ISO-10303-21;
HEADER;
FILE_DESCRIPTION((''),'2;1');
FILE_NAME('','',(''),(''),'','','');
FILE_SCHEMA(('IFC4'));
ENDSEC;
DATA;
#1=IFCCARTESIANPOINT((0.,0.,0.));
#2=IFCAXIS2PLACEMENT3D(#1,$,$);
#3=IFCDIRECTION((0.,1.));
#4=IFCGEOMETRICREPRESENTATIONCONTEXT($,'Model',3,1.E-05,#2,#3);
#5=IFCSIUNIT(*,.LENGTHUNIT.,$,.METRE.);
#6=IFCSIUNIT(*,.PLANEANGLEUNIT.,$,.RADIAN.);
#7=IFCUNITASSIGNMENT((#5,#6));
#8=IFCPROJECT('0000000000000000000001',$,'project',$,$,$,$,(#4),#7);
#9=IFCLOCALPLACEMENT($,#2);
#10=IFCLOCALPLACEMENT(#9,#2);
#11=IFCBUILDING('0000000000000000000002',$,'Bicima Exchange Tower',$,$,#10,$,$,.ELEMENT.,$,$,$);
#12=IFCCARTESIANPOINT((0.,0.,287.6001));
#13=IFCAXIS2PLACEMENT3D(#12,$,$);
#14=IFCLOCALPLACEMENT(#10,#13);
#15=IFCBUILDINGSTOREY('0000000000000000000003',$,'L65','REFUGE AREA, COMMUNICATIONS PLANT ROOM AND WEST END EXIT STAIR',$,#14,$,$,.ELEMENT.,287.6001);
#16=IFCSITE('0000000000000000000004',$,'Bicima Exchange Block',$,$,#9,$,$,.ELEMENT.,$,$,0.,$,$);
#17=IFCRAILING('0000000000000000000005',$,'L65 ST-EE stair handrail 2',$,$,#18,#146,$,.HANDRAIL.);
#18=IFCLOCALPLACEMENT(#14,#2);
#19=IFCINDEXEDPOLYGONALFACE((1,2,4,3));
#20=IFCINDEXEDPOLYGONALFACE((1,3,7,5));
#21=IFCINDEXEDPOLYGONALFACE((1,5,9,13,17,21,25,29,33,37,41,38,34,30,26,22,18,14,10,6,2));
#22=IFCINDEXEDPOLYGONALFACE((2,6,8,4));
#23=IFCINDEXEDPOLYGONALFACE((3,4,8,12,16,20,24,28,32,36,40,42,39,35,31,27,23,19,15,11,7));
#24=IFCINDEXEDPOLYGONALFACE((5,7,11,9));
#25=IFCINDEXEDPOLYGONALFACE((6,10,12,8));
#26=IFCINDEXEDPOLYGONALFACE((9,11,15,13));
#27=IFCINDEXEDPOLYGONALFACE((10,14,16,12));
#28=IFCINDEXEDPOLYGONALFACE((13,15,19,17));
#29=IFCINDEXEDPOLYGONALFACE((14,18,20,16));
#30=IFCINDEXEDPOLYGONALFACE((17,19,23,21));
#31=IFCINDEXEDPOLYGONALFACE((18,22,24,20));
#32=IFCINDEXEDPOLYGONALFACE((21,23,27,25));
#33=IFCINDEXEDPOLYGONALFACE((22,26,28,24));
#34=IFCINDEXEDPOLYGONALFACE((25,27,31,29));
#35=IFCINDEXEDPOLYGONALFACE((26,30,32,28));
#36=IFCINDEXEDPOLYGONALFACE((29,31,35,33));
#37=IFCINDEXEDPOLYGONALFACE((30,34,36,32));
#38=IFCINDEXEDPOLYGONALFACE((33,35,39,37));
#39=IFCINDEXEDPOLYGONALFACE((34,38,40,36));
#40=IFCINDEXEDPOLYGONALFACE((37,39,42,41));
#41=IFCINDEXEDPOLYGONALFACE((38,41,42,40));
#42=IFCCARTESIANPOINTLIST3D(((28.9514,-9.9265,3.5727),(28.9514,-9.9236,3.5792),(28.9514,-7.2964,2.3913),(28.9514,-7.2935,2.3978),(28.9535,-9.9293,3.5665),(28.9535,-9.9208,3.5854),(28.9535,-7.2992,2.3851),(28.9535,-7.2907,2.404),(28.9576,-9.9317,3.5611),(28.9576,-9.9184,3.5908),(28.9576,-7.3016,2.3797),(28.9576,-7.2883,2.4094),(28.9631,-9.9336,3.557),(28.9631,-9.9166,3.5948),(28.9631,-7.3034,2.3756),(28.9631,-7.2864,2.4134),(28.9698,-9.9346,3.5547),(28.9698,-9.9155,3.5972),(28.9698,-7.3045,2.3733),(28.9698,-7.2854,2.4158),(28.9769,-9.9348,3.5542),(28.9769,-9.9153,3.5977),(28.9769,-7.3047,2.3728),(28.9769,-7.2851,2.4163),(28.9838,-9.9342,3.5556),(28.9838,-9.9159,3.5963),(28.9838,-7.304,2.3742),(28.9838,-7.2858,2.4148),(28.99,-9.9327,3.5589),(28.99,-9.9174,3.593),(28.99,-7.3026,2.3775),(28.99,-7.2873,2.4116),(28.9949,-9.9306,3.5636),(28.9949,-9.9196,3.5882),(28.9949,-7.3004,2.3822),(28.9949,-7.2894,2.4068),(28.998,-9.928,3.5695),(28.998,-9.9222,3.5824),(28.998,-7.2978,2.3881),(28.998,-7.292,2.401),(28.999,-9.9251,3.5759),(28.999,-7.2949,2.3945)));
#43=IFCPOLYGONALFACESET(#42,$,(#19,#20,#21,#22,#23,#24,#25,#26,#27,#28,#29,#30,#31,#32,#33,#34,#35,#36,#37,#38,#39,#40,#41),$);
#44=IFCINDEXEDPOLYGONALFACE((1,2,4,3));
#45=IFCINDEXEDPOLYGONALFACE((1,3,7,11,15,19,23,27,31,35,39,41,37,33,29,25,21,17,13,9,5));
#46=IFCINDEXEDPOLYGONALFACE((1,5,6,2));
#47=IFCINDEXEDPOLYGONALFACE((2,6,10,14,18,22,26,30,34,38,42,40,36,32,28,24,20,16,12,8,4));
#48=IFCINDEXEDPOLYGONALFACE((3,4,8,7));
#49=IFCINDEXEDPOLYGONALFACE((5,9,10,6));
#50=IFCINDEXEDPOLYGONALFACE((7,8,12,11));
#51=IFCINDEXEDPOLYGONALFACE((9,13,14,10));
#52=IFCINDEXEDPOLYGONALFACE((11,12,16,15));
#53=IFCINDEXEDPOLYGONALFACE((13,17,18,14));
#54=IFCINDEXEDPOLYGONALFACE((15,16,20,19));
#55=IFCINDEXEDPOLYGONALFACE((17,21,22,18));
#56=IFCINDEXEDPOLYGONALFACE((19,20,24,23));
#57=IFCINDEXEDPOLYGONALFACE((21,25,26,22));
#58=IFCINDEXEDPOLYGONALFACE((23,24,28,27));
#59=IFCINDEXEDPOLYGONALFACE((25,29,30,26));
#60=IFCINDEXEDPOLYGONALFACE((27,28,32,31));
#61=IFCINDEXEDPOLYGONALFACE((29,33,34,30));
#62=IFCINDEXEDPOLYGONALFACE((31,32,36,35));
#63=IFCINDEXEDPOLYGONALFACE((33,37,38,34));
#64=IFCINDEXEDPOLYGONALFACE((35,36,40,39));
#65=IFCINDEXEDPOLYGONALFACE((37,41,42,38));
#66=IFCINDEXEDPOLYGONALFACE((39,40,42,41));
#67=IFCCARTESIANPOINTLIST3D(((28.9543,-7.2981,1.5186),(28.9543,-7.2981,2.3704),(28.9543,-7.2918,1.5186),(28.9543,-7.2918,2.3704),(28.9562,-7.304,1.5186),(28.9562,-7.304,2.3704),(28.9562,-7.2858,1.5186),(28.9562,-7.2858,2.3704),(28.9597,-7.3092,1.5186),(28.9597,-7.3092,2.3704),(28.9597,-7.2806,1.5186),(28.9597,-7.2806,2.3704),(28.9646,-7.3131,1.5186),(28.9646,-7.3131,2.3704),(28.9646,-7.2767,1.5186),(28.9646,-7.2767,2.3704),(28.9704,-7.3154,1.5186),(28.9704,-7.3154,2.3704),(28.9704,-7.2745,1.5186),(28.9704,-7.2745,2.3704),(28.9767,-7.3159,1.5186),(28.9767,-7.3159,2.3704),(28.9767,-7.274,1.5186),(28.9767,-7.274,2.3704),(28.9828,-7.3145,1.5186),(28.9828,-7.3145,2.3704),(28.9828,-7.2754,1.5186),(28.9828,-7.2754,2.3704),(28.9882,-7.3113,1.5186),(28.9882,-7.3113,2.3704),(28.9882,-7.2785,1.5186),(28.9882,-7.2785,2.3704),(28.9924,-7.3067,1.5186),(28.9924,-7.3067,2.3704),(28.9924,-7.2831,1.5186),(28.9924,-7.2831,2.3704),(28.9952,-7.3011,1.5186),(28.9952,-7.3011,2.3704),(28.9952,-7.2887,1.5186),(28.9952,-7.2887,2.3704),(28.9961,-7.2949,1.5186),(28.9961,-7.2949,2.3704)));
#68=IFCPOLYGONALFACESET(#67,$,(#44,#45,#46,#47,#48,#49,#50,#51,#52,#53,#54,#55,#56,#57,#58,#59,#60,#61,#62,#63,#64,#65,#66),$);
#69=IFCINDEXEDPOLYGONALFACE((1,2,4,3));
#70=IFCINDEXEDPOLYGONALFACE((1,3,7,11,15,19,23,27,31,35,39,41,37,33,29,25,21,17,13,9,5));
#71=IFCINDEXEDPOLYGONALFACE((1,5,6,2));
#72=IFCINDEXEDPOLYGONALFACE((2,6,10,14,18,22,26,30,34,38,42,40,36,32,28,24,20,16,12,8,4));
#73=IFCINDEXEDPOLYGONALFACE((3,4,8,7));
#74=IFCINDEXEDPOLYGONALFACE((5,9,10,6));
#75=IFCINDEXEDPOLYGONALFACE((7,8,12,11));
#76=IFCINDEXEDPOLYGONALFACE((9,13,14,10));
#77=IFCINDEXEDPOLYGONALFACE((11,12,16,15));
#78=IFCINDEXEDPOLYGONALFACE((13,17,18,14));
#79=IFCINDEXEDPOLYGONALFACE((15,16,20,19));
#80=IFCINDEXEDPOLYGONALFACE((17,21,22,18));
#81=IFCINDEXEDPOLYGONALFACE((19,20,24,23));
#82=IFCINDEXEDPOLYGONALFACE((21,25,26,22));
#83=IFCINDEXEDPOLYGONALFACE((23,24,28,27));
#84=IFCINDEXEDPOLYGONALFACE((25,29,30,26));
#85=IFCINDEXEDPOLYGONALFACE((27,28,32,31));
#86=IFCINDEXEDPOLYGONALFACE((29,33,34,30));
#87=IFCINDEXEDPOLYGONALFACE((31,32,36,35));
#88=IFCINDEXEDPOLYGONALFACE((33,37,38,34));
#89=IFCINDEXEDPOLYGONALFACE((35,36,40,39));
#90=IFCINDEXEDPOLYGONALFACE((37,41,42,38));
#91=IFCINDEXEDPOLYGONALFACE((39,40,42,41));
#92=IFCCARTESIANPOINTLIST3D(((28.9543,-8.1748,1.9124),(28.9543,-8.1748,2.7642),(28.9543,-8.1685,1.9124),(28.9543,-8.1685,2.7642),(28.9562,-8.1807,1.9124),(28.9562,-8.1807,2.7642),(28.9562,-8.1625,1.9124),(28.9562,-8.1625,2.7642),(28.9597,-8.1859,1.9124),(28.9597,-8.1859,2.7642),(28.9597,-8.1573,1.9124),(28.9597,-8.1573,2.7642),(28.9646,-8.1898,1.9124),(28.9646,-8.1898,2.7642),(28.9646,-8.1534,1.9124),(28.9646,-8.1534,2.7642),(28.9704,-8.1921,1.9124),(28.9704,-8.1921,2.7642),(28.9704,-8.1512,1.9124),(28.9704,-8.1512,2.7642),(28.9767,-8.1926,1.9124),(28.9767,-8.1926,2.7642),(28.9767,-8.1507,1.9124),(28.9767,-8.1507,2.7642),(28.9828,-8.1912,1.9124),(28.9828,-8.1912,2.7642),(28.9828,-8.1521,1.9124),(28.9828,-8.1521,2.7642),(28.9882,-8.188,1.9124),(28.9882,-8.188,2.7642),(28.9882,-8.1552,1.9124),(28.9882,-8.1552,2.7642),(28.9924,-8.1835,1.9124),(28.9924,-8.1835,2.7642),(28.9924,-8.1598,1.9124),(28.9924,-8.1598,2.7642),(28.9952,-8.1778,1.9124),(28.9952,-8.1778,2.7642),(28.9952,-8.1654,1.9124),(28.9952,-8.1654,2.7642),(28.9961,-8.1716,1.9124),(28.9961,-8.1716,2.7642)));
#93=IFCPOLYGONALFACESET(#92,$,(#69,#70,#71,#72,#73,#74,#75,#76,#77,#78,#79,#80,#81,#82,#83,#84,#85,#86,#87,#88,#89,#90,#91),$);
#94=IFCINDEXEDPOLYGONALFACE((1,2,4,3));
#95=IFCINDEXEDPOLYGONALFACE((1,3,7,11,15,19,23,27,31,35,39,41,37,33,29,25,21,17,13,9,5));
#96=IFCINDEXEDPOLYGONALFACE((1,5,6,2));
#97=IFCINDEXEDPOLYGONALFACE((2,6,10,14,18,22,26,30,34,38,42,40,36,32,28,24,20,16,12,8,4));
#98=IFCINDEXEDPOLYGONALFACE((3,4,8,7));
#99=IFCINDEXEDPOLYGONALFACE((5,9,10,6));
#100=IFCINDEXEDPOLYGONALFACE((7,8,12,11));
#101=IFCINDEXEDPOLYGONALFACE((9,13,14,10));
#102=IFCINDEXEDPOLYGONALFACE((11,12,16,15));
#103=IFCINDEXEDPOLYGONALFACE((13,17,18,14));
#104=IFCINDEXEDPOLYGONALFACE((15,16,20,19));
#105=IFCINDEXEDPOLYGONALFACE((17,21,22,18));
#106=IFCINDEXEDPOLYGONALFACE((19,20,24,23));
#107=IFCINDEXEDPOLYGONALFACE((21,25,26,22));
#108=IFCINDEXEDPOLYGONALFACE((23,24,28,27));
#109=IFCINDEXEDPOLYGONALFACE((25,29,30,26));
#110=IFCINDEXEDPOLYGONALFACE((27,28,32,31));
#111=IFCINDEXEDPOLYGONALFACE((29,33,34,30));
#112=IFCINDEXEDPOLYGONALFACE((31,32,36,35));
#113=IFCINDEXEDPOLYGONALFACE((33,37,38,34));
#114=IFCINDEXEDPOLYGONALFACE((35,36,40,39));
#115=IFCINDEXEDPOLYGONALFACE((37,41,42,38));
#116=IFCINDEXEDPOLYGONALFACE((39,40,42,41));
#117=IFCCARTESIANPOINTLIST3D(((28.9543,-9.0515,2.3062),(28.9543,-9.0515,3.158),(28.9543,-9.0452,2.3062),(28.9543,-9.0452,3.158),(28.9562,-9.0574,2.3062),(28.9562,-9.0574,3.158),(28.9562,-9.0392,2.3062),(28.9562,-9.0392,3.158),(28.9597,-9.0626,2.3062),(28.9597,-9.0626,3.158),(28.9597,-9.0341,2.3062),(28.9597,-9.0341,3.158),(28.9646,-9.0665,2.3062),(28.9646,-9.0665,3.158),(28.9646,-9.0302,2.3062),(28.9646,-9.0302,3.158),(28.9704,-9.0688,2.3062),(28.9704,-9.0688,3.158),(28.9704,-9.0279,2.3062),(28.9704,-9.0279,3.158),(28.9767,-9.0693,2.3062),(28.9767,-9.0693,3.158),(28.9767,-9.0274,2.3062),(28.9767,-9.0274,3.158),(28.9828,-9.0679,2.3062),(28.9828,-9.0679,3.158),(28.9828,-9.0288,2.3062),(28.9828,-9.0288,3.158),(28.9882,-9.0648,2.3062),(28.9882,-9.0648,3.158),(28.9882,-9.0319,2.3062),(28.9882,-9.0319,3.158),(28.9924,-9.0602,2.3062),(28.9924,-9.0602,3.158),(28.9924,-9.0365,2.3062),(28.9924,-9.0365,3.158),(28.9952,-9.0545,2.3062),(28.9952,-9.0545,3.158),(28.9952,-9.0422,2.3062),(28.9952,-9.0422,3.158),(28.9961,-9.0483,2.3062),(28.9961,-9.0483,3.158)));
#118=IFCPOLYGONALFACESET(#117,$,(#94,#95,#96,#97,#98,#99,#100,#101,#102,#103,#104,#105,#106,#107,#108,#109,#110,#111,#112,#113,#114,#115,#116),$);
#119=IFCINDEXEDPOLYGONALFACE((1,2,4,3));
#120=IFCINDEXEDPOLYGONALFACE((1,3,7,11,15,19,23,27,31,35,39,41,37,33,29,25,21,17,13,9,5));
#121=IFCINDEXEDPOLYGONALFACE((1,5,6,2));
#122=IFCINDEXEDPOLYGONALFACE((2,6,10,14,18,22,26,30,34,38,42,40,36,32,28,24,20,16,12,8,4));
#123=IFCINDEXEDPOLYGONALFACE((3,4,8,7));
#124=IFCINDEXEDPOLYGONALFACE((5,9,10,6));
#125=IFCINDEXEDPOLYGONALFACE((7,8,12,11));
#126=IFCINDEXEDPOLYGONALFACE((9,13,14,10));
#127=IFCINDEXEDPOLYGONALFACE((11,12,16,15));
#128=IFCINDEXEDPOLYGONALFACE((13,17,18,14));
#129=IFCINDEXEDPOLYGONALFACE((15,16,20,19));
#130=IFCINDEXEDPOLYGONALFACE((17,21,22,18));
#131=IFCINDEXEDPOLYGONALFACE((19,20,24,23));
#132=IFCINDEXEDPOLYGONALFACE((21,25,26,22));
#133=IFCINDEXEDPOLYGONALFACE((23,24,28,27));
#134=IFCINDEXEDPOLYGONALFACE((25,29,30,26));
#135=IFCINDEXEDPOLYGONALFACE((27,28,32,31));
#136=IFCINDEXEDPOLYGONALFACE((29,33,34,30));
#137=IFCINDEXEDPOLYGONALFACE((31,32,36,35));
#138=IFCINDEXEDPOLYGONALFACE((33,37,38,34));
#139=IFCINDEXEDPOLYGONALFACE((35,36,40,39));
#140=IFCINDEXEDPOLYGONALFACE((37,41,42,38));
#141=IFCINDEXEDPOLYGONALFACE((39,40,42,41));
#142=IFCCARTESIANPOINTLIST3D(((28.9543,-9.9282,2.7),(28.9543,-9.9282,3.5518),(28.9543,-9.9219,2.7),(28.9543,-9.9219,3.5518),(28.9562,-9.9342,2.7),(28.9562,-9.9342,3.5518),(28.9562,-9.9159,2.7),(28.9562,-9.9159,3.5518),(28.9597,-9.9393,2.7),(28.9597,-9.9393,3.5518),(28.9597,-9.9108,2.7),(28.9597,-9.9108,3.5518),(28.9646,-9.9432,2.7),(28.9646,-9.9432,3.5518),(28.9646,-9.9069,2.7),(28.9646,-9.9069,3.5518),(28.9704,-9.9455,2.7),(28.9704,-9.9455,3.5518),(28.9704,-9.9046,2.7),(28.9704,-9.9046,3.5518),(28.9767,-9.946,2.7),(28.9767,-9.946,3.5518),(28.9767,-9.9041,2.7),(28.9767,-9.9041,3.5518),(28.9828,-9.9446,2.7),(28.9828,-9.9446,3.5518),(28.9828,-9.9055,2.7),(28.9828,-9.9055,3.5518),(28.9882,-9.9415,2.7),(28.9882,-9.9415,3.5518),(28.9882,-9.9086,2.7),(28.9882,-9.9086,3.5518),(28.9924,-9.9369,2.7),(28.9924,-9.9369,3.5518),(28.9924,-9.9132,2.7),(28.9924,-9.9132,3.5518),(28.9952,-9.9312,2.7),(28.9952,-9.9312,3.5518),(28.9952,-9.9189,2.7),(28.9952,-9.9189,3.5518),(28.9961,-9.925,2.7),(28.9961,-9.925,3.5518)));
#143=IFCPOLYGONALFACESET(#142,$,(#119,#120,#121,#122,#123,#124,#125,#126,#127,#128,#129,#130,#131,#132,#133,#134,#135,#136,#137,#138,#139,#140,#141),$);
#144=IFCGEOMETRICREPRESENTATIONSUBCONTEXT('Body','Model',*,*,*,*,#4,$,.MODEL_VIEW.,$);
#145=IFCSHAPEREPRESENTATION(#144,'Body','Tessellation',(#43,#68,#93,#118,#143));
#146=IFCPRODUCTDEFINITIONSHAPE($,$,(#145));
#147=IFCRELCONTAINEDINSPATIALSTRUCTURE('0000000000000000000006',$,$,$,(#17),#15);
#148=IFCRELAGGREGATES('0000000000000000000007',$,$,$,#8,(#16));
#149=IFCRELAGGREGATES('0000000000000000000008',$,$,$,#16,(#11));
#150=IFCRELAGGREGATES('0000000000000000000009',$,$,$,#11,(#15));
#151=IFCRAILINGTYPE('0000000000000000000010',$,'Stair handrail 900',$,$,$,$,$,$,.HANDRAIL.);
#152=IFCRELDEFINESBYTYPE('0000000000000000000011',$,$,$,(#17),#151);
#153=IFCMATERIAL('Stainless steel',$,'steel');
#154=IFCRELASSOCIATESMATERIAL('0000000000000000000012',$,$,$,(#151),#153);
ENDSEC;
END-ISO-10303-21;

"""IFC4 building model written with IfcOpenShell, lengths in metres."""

from ifc_helpers import new_model, si_unit, direction, frame, origin, origin_2d, place, context, subcontext, project, spatial, circle, extrude, material, type_object, element, save


model = new_model("IFC4")

# Units and contexts
model_context = context("Model", 3, precision=1e-05, world=origin(), true_north=direction((0.0, 1.0)))
body_context = subcontext(model_context, "Body", "Model", "MODEL_VIEW")
ifc_project = project(units=[si_unit("LENGTHUNIT", "METRE"), si_unit("PLANEANGLEUNIT", "RADIAN")], contexts=[model_context])

# Site, building, storey
site_placement = place(None, origin())
site = spatial("IfcSite", under=ifc_project, at=site_placement, Name="Bicima Exchange Block", CompositionType="ELEMENT", RefElevation=0.0)
building_placement = place(site_placement, origin())
building = spatial("IfcBuilding", under=site, at=building_placement, Name="Bicima Exchange Tower", CompositionType="ELEMENT")
storey_placement = place(building_placement, frame((0.0, 0.0, 287.6001)))
storey = spatial("IfcBuildingStorey", under=building, at=storey_placement, Name="L65", Description="REFUGE AREA, COMMUNICATIONS PLANT ROOM AND WEST END EXIT STAIR", CompositionType="ELEMENT", Elevation=287.6001)

# Railing
ifc_material_1 = material(Name="Stainless steel", Category="steel")
railing_type_1 = type_object("IfcRailingType", Name="Stair handrail 900", PredefinedType="HANDRAIL", material=ifc_material_1)
railing_1_placement = place(storey_placement, frame((28.9751, -7.2949, 1.5186)))
element("IfcRailing", 1, at=railing_1_placement, inside=storey, type_object=railing_type_1, Name="L65 ST-EE stair handrail 2", PredefinedType="HANDRAIL", context=body_context, shape_type="SweptSolid", body=[
    extrude(circle(Radius=0.0239, at=origin_2d()), frame((0.0, 0.0, 0.876), z_axis=(0.0, -0.912202, 0.409741), x_axis=(1.0, 0.0, 0.0)), (0.0, 0.0, 1.0), 2.8833),
    extrude(circle(Radius=0.021, at=origin_2d()), origin(), (0.0, 0.0, 1.0), 0.8518),
    extrude(circle(Radius=0.021, at=origin_2d()), frame((0.0, -0.8767, 0.3938)), (0.0, 0.0, 1.0), 0.8518),
    extrude(circle(Radius=0.021, at=origin_2d()), frame((0.0, -1.7534, 0.7876)), (0.0, 0.0, 1.0), 0.8518),
    extrude(circle(Radius=0.021, at=origin_2d()), frame((0.0, -2.6301, 1.1814)), (0.0, 0.0, 1.0), 0.8518),
])

save(model, "model.ifc")
